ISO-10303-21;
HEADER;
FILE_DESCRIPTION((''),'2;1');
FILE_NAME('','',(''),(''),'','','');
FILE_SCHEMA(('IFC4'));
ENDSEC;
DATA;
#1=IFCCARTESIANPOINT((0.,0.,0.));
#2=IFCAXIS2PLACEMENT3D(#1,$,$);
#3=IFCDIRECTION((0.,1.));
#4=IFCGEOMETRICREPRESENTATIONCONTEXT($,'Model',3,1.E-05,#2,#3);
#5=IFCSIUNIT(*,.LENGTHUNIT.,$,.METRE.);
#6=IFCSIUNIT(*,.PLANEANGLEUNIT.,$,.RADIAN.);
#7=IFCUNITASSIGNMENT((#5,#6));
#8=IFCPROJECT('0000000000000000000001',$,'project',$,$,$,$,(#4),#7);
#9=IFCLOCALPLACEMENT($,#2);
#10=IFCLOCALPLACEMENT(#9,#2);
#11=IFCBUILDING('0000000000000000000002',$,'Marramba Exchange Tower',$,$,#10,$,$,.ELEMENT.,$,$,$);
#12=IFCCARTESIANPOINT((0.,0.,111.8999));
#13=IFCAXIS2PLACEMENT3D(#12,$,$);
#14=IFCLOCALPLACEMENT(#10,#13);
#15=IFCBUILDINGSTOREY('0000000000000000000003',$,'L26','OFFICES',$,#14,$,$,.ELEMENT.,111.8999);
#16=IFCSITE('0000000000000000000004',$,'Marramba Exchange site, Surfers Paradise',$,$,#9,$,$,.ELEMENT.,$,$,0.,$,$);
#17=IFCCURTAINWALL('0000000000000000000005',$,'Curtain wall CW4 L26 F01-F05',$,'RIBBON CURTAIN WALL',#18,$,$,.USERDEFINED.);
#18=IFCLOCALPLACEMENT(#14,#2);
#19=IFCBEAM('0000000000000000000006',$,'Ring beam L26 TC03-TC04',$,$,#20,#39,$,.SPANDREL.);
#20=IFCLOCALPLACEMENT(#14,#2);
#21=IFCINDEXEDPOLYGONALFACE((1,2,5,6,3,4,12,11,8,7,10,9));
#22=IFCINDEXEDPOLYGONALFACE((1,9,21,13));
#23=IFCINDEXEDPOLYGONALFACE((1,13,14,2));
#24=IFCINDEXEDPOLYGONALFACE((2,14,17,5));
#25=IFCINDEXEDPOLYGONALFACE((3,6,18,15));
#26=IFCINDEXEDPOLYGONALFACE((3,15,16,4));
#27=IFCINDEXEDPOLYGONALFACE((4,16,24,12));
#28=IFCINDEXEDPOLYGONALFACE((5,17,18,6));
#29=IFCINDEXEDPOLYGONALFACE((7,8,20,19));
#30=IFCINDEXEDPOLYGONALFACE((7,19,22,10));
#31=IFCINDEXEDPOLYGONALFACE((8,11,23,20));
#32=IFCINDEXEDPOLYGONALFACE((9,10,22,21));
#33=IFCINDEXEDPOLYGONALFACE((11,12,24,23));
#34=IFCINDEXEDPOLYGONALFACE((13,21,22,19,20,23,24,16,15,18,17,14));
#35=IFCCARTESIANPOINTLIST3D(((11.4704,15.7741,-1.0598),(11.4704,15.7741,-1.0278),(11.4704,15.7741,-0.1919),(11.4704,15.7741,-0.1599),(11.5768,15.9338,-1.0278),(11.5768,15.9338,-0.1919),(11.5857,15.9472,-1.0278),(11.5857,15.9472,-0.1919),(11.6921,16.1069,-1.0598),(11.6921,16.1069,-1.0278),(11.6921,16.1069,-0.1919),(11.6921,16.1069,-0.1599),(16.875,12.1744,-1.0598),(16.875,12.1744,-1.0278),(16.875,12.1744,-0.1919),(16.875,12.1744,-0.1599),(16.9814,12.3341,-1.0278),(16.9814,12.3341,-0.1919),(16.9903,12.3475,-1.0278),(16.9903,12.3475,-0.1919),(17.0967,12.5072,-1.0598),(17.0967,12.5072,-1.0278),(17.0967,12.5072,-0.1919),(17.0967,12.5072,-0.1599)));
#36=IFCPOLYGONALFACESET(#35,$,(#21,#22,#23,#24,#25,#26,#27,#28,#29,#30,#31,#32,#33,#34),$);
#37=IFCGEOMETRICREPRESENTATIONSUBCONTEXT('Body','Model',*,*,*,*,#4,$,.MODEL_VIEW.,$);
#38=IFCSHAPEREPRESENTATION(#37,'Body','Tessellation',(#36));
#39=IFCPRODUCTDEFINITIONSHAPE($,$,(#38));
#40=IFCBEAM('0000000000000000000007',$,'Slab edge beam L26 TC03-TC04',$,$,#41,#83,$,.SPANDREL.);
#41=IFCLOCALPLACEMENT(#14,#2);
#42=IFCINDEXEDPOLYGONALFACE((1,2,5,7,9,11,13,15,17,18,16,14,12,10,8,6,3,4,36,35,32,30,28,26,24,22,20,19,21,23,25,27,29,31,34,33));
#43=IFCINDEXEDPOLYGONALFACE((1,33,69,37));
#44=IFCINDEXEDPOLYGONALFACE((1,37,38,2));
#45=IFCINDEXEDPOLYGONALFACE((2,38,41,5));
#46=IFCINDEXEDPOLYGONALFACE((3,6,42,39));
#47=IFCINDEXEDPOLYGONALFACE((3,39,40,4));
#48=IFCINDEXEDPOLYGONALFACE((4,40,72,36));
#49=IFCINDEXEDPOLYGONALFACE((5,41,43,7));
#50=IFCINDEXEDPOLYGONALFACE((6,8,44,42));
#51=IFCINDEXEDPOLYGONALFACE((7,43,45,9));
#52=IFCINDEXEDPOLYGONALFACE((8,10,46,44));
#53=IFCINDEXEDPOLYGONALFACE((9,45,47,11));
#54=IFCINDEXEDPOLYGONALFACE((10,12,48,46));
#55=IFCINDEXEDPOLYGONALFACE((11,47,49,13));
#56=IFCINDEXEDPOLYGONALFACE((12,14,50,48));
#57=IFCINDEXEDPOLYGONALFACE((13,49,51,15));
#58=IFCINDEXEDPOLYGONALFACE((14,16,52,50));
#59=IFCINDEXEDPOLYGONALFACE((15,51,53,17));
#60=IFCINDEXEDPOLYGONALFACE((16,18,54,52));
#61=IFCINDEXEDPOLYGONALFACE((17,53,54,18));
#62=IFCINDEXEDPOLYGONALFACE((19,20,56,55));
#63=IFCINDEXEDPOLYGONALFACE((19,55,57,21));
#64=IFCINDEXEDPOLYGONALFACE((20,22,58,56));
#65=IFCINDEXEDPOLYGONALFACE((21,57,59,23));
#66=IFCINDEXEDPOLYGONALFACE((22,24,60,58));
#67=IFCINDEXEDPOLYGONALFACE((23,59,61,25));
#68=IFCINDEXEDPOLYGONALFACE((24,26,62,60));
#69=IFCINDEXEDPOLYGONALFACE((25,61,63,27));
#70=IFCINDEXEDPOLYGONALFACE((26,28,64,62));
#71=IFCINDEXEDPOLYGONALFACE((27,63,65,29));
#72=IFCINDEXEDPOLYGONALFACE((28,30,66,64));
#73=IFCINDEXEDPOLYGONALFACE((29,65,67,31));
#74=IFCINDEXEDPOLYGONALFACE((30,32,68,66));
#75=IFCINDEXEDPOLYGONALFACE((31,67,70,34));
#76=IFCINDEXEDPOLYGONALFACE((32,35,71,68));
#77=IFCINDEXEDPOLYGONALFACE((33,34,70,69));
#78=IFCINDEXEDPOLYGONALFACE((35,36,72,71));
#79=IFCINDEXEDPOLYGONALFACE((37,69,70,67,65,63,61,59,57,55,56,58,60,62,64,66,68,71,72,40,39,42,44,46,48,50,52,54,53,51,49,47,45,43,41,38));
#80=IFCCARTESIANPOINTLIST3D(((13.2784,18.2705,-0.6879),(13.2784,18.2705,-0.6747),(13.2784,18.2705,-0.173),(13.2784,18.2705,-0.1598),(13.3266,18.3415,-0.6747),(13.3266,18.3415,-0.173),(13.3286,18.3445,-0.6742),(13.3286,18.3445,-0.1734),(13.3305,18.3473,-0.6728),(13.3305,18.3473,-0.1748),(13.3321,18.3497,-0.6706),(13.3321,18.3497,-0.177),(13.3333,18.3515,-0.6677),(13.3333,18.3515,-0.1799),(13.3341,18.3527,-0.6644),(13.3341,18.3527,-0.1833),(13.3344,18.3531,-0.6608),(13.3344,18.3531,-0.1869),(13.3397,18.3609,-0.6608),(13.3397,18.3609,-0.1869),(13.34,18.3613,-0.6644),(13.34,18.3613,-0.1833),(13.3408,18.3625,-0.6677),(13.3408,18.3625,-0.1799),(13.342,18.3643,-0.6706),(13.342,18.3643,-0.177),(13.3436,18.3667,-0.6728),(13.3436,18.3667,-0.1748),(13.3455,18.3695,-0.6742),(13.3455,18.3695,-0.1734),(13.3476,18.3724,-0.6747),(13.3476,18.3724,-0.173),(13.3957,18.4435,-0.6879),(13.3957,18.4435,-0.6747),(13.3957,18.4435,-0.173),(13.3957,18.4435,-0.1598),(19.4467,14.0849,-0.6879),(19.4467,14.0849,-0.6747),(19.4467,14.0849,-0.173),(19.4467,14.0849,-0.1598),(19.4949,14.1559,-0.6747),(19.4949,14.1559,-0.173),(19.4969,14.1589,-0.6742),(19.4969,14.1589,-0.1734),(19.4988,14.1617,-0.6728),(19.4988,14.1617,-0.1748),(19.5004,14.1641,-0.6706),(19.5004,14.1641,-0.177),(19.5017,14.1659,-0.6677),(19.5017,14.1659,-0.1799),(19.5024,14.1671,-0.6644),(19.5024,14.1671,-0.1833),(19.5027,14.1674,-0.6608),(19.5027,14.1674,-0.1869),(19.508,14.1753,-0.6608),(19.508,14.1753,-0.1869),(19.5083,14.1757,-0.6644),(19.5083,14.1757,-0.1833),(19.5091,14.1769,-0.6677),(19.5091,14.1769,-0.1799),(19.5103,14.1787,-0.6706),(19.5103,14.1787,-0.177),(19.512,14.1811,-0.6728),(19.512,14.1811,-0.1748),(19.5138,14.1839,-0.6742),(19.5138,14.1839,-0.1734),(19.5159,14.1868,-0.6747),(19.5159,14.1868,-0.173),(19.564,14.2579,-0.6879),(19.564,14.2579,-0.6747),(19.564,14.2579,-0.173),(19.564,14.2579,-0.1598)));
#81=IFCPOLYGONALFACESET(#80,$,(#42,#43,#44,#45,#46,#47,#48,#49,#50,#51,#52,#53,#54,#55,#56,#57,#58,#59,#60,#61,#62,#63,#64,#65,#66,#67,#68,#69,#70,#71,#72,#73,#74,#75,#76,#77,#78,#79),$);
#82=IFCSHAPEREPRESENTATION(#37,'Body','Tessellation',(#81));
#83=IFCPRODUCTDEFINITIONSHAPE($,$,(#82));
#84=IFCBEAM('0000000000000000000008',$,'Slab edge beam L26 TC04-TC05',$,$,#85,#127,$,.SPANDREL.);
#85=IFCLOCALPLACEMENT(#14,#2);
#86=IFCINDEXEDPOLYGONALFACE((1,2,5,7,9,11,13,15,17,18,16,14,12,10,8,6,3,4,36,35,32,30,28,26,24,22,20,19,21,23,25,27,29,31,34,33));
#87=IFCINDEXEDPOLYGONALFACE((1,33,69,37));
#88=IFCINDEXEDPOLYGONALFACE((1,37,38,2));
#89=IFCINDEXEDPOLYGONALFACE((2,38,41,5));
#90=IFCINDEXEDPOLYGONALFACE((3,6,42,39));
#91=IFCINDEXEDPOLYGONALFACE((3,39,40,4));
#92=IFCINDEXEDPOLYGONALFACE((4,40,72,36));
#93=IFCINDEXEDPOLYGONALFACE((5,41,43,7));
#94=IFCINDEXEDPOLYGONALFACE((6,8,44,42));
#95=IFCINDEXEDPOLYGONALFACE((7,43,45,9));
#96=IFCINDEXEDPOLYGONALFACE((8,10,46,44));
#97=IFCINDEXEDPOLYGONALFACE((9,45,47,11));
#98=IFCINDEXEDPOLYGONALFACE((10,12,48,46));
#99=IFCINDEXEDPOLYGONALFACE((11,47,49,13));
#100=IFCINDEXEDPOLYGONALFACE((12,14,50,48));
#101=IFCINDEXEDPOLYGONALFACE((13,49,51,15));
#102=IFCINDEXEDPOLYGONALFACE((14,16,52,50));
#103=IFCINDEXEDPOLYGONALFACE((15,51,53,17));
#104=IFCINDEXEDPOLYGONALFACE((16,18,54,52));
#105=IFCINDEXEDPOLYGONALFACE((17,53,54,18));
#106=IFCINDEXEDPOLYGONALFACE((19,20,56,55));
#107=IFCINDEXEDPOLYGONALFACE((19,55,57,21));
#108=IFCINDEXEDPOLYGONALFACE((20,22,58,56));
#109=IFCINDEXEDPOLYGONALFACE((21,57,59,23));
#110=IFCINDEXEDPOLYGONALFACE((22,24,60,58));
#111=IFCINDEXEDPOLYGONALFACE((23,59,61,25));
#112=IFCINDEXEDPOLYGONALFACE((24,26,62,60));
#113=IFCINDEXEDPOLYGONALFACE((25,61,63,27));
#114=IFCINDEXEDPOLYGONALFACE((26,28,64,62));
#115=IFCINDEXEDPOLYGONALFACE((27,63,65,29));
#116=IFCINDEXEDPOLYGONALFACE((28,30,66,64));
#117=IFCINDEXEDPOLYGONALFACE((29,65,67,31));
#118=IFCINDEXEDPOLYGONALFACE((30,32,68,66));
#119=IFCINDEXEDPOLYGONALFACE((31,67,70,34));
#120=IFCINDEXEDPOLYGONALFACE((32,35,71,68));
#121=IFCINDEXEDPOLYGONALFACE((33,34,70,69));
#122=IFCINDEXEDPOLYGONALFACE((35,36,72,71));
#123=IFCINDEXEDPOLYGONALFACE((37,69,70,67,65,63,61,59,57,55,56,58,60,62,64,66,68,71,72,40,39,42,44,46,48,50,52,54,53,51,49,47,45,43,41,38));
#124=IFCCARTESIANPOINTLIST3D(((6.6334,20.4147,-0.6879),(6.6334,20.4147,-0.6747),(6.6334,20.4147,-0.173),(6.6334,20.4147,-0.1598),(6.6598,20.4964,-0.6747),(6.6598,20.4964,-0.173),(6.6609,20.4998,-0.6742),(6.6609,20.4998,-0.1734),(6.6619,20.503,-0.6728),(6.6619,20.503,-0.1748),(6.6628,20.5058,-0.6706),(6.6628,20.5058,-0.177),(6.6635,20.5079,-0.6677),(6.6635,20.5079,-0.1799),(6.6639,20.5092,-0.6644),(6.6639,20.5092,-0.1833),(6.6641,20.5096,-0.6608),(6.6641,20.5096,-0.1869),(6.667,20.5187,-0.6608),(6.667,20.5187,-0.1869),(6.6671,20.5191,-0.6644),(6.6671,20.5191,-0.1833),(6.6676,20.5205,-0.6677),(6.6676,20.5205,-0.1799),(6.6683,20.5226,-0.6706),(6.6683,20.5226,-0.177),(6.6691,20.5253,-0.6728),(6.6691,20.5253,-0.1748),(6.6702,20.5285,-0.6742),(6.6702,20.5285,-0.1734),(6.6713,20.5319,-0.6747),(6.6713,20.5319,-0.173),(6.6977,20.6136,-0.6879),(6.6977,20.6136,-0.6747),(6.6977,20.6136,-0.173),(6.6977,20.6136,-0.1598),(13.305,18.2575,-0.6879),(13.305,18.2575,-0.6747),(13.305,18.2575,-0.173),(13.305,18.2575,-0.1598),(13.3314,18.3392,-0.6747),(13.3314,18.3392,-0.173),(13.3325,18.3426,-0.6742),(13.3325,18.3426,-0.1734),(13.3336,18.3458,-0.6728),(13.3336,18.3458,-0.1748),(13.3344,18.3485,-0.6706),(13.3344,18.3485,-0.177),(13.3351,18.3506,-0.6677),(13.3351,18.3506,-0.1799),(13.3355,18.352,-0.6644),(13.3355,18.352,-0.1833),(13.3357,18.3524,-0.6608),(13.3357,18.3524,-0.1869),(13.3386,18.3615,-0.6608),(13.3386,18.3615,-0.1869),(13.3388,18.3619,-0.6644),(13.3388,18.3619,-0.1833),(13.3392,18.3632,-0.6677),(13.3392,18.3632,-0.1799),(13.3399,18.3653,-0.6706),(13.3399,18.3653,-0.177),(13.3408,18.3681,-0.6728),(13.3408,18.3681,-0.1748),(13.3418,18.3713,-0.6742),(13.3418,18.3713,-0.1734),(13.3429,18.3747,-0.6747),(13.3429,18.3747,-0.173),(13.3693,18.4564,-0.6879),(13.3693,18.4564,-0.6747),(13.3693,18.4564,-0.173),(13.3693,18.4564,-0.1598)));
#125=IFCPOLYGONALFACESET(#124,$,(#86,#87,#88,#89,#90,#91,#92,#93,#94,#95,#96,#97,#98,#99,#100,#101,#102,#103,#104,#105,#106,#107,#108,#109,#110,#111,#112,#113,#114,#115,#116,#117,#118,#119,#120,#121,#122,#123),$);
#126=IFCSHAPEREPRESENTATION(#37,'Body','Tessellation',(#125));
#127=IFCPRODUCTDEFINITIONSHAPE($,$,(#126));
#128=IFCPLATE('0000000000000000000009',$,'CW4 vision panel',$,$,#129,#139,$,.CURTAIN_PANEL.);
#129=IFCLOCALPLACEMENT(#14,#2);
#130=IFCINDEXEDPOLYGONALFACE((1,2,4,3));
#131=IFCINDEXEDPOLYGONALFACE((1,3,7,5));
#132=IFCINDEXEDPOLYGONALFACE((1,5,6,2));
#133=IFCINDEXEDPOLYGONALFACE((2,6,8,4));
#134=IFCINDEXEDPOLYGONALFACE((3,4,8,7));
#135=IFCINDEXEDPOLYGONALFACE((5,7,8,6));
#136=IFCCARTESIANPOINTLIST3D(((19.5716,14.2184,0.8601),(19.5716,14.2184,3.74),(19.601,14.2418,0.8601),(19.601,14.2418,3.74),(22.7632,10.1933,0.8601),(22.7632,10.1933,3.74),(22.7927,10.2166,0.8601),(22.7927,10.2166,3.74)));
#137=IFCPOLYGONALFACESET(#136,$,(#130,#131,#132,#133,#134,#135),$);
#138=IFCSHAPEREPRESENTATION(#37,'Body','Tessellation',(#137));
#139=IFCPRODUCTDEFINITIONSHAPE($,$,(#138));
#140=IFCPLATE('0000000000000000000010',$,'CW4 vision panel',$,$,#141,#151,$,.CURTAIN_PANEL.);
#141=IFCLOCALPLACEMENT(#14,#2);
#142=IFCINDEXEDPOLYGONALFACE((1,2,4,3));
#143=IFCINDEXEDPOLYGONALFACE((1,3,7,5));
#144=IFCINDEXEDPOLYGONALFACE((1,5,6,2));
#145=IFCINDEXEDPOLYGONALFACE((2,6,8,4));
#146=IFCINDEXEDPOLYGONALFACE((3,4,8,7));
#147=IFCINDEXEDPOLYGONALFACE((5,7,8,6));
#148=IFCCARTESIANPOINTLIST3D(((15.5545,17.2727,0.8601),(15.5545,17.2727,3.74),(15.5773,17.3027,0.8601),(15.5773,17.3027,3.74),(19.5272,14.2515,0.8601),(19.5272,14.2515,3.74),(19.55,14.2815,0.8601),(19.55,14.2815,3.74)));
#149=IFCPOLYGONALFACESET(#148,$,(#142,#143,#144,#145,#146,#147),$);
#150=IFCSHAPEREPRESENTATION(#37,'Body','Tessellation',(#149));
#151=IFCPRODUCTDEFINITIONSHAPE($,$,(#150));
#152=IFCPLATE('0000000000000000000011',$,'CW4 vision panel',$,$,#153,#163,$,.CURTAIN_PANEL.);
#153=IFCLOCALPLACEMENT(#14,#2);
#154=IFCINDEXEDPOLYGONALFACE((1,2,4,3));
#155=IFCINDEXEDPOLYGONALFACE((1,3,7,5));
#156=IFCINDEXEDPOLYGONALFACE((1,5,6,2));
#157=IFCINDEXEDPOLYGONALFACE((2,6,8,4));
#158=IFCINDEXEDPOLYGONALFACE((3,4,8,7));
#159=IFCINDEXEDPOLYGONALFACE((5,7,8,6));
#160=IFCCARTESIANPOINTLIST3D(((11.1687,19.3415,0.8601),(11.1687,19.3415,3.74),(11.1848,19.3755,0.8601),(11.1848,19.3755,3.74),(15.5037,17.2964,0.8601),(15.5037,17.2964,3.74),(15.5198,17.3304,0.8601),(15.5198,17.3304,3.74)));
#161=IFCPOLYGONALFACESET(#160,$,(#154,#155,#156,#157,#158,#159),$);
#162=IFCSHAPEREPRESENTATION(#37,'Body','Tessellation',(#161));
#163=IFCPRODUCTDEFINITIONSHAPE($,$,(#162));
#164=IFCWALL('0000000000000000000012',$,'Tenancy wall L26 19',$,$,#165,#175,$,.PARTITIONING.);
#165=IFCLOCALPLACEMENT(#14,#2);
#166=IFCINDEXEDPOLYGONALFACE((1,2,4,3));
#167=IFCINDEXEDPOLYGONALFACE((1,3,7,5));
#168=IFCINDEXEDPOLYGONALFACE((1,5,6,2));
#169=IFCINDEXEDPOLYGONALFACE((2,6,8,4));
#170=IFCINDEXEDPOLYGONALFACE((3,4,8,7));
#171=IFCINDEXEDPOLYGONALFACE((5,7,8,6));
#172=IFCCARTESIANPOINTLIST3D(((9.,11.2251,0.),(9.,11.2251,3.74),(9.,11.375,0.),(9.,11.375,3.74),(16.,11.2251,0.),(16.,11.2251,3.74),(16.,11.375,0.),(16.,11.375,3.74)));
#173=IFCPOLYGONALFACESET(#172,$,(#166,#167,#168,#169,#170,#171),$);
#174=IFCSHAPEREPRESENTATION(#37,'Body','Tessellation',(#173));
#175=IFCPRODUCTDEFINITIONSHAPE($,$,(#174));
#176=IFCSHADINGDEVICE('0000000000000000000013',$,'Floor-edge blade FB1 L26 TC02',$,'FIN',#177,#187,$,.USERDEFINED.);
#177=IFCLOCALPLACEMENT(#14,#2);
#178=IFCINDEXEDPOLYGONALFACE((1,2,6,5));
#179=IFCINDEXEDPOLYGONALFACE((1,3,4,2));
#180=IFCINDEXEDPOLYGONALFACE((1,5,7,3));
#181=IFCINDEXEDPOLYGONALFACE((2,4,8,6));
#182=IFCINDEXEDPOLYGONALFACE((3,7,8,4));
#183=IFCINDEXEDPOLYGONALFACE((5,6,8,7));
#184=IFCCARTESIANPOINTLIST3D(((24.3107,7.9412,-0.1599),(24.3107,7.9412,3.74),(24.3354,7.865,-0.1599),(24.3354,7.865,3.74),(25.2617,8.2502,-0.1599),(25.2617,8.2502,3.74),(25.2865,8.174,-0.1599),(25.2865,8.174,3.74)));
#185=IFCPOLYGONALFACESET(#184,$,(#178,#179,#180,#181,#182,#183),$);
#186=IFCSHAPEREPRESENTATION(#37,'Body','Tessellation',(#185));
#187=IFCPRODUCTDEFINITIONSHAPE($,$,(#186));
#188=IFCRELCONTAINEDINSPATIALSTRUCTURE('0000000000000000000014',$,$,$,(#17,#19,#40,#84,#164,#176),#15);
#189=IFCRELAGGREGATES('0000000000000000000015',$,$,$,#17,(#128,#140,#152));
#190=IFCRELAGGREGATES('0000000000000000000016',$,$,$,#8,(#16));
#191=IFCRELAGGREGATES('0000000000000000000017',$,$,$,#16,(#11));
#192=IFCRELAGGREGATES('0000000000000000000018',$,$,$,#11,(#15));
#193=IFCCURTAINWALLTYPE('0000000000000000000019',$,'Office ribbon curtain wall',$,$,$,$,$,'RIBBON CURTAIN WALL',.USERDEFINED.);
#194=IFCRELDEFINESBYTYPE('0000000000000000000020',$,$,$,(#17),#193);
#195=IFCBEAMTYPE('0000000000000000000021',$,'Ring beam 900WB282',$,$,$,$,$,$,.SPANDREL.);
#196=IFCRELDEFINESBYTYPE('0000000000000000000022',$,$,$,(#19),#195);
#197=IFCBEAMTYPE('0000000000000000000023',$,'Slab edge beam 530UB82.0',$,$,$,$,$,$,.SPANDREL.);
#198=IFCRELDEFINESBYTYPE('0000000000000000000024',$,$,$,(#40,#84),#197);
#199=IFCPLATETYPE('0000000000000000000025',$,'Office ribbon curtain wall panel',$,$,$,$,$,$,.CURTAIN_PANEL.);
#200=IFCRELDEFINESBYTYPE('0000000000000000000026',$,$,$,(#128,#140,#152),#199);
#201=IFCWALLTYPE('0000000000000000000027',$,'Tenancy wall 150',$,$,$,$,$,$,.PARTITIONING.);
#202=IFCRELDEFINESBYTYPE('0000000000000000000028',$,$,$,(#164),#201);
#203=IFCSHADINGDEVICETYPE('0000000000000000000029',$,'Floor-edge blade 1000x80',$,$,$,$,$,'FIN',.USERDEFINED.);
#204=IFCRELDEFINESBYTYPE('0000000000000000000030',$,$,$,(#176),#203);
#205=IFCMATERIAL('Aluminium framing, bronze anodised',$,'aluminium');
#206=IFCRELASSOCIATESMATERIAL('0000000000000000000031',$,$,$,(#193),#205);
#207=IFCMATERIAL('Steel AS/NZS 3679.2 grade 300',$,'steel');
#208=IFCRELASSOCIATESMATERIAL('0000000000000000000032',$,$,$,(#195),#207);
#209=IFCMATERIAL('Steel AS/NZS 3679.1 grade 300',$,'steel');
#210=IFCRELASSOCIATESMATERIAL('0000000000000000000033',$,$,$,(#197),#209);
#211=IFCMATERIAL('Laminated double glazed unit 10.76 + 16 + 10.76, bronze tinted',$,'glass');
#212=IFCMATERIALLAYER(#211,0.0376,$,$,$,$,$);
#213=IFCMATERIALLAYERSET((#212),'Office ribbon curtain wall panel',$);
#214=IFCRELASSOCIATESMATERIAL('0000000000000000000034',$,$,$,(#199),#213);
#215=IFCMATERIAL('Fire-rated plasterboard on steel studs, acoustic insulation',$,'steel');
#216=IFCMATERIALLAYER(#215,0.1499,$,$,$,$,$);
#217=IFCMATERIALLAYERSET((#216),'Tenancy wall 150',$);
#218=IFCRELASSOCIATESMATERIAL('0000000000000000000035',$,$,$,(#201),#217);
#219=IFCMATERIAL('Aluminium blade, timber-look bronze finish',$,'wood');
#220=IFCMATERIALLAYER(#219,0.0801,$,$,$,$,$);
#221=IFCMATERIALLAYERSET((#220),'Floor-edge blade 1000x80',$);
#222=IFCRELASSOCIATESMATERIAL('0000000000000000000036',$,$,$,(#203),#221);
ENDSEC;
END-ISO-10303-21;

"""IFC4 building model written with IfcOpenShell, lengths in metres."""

from ifc_helpers import new_model, si_unit, direction, frame, frame_2d, origin, origin_2d, place, context, subcontext, project, spatial, rectangle, i_section, extrude, material, layer, layer_set, material_profile, profile_set, type_object, element, aggregate, save


model = new_model("IFC4")

# Units and contexts
model_context = context("Model", 3, precision=1e-05, world=origin(), true_north=direction((0.0, 1.0)))
body_context = subcontext(model_context, "Body", "Model", "MODEL_VIEW")
ifc_project = project(units=[si_unit("LENGTHUNIT", "METRE"), si_unit("PLANEANGLEUNIT", "RADIAN")], contexts=[model_context])

# Site, building, storey
site_placement = place(None, origin())
site = spatial("IfcSite", under=ifc_project, at=site_placement, Name="Marramba Exchange site, Surfers Paradise", CompositionType="ELEMENT", RefElevation=0.0)
building_placement = place(site_placement, origin())
building = spatial("IfcBuilding", under=site, at=building_placement, Name="Marramba Exchange Tower", CompositionType="ELEMENT")
storey_placement = place(building_placement, frame((0.0, 0.0, 111.8999)))
storey = spatial("IfcBuildingStorey", under=building, at=storey_placement, Name="L26", Description="OFFICES", CompositionType="ELEMENT", Elevation=111.8999)

# Shared definitions
ifc_material_1 = material(Name="Steel AS/NZS 3679.2 grade 300", Category="steel")
ifc_material_2 = material(Name="Steel AS/NZS 3679.1 grade 300", Category="steel")

# Curtain wall
ifc_material_3 = material(Name="Aluminium framing, bronze anodised", Category="aluminium")
curtain_wall_type = type_object("IfcCurtainWallType", Name="Office ribbon curtain wall", ElementType="RIBBON CURTAIN WALL", PredefinedType="USERDEFINED", material=ifc_material_3)
curtain_wall_placement = place(storey_placement, origin())
curtain_wall = element("IfcCurtainWall", 1, at=curtain_wall_placement, inside=storey, type_object=curtain_wall_type, Name="Curtain wall CW4 L26 F01-F05", ObjectType="RIBBON CURTAIN WALL", PredefinedType="USERDEFINED")

# Beams
ifc_material_profile_1 = material_profile(ifc_material_1, i_section(OverallWidth=0.3999, OverallDepth=0.8999, WebThickness=0.0161, FlangeThickness=0.032, at=origin_2d()), Name="900WB282")
ifc_profile_set_1 = profile_set([ifc_material_profile_1], Name="Steel AS/NZS 3679.2 grade 300")
beam_type_1 = type_object("IfcBeamType", Name="Ring beam 900WB282", PredefinedType="SPANDREL", material=ifc_profile_set_1)
beam_1_placement = place(storey_placement, frame((16.9858, 12.3408, -0.6099), z_axis=(-0.832293, 0.554336, 0.0), x_axis=(-0.554336, -0.832293, 0.0)))
element("IfcBeam", 2, at=beam_1_placement, inside=storey, type_object=beam_type_1, Name="Ring beam L26 TC03-TC04", PredefinedType="SPANDREL", context=body_context, shape_type="SweptSolid", body=[
    extrude(i_section(OverallWidth=0.3999, OverallDepth=0.8999, WebThickness=0.0161, FlangeThickness=0.032, at=origin_2d()), origin(), (0.0, 0.0, 1.0), 6.4937),
])
ifc_material_profile_2 = material_profile(ifc_material_2, i_section(OverallWidth=0.209, OverallDepth=0.5281, WebThickness=0.0095, FlangeThickness=0.0132, FilletRadius=0.0139, at=origin_2d()), Name="530UB82.0")
ifc_profile_set_2 = profile_set([ifc_material_profile_2], Name="Steel AS/NZS 3679.1 grade 300")
beam_type_2 = type_object("IfcBeamType", Name="Slab edge beam 530UB82.0", PredefinedType="SPANDREL", material=ifc_profile_set_2)
beam_2_placement = place(storey_placement, frame((19.5054, 14.1714, -0.4238), z_axis=(-0.827477, 0.561499, 0.0), x_axis=(-0.561499, -0.827477, 0.0)))
element("IfcBeam", 3, at=beam_2_placement, inside=storey, type_object=beam_type_2, Name="Slab edge beam L26 TC03-TC04", PredefinedType="SPANDREL", context=body_context, shape_type="SweptSolid", body=[
    extrude(i_section(OverallWidth=0.209, OverallDepth=0.5281, WebThickness=0.0095, FlangeThickness=0.0132, FilletRadius=0.0139, at=origin_2d()), origin(), (0.0, 0.0, 1.0), 7.4543),
])
beam_3_placement = place(storey_placement, frame((13.3372, 18.3569, -0.4238), z_axis=(-0.951496, 0.30766, 0.0), x_axis=(-0.30766, -0.951496, 0.0)))
element("IfcBeam", 4, at=beam_3_placement, inside=storey, type_object=beam_type_2, Name="Slab edge beam L26 TC04-TC05", PredefinedType="SPANDREL", context=body_context, shape_type="SweptSolid", body=[
    extrude(i_section(OverallWidth=0.209, OverallDepth=0.5281, WebThickness=0.0095, FlangeThickness=0.0132, FilletRadius=0.0139, at=origin_2d()), origin(), (0.0, 0.0, 1.0), 7.0117),
])

# Plates
ifc_material_4 = material(Name="Laminated double glazed unit 10.76 + 16 + 10.76, bronze tinted", Category="glass")
ifc_layer_1 = layer(ifc_material_4, 0.0376)
ifc_layer_set_1 = layer_set([ifc_layer_1], Name="Office ribbon curtain wall panel")
plate_type = type_object("IfcPlateType", Name="Office ribbon curtain wall panel", PredefinedType="CURTAIN_PANEL", material=ifc_layer_set_1)
plate_1_placement = place(storey_placement, frame((21.1821, 12.2175, 0.8601), z_axis=(0.0, 0.0, 1.0), x_axis=(-0.621312, 0.783563, 0.0)))
plate_1 = element("IfcPlate", 5, at=plate_1_placement, type_object=plate_type, Name="CW4 vision panel", PredefinedType="CURTAIN_PANEL", context=body_context, shape_type="SweptSolid", body=[
    extrude(rectangle(XDim=5.137, YDim=0.0376, at=origin_2d()), origin(), (0.0, 0.0, 1.0), 2.8799),
])
plate_2_placement = place(storey_placement, frame((17.5522, 15.7771, 0.8601), z_axis=(0.0, 0.0, 1.0), x_axis=(-0.795972, 0.605334, 0.0)))
plate_2 = element("IfcPlate", 6, at=plate_2_placement, type_object=plate_type, Name="CW4 vision panel", PredefinedType="CURTAIN_PANEL", context=body_context, shape_type="SweptSolid", body=[
    extrude(rectangle(XDim=4.991, YDim=0.0376, at=origin_2d()), origin(), (0.0, 0.0, 1.0), 2.8799),
])
plate_3_placement = place(storey_placement, frame((13.3442, 18.3359, 0.8601), z_axis=(0.0, 0.0, 1.0), x_axis=(-0.904403, 0.426679, 0.0)))
plate_3 = element("IfcPlate", 7, at=plate_3_placement, type_object=plate_type, Name="CW4 vision panel", PredefinedType="CURTAIN_PANEL", context=body_context, shape_type="SweptSolid", body=[
    extrude(rectangle(XDim=4.7932, YDim=0.0376, at=origin_2d()), origin(), (0.0, 0.0, 1.0), 2.8799),
])
aggregate(curtain_wall, [plate_1, plate_2, plate_3])

# Wall
ifc_material_5 = material(Name="Fire-rated plasterboard on steel studs, acoustic insulation", Category="steel")
ifc_layer_2 = layer(ifc_material_5, 0.1499)
ifc_layer_set_2 = layer_set([ifc_layer_2], Name="Tenancy wall 150")
wall_type = type_object("IfcWallType", Name="Tenancy wall 150", PredefinedType="PARTITIONING", material=ifc_layer_set_2)
wall_placement = place(storey_placement, frame((16.0, 11.3, 0.0), z_axis=(0.0, 0.0, 1.0), x_axis=(-1.0, 0.0, 0.0)))
element("IfcWall", 8, at=wall_placement, inside=storey, type_object=wall_type, Name="Tenancy wall L26 19", PredefinedType="PARTITIONING", context=body_context, shape_type="SweptSolid", body=[
    extrude(rectangle(XDim=7.0, YDim=0.1499, at=frame_2d((3.5, 0.0))), origin(), (0.0, 0.0, 1.0), 3.74),
])

# Shading device
ifc_material_6 = material(Name="Aluminium blade, timber-look bronze finish", Category="wood")
ifc_layer_3 = layer(ifc_material_6, 0.0801)
ifc_layer_set_3 = layer_set([ifc_layer_3], Name="Floor-edge blade 1000x80")
shading_device_type_1 = type_object("IfcShadingDeviceType", Name="Floor-edge blade 1000x80", ElementType="FIN", PredefinedType="USERDEFINED", material=ifc_layer_set_3)
for number, where, z_axis, x_axis, name in (
    (9, (24.7986, 8.0576, -0.1599), (0.0, 0.0, 1.0), (0.951057, 0.309017, 0.0), "Floor-edge blade FB1 L26 TC02"),
):
    element("IfcShadingDevice", number, at=place(storey_placement, frame(where, z_axis=z_axis, x_axis=x_axis)), inside=storey, type_object=shading_device_type_1, Name=name, ObjectType="FIN", PredefinedType="USERDEFINED", context=body_context, shape_type="SweptSolid", body=[
        extrude(rectangle(XDim=1.0, YDim=0.0801, at=origin_2d()), origin(), (0.0, 0.0, 1.0), 3.8999),
    ])

save(model, "model.ifc")
